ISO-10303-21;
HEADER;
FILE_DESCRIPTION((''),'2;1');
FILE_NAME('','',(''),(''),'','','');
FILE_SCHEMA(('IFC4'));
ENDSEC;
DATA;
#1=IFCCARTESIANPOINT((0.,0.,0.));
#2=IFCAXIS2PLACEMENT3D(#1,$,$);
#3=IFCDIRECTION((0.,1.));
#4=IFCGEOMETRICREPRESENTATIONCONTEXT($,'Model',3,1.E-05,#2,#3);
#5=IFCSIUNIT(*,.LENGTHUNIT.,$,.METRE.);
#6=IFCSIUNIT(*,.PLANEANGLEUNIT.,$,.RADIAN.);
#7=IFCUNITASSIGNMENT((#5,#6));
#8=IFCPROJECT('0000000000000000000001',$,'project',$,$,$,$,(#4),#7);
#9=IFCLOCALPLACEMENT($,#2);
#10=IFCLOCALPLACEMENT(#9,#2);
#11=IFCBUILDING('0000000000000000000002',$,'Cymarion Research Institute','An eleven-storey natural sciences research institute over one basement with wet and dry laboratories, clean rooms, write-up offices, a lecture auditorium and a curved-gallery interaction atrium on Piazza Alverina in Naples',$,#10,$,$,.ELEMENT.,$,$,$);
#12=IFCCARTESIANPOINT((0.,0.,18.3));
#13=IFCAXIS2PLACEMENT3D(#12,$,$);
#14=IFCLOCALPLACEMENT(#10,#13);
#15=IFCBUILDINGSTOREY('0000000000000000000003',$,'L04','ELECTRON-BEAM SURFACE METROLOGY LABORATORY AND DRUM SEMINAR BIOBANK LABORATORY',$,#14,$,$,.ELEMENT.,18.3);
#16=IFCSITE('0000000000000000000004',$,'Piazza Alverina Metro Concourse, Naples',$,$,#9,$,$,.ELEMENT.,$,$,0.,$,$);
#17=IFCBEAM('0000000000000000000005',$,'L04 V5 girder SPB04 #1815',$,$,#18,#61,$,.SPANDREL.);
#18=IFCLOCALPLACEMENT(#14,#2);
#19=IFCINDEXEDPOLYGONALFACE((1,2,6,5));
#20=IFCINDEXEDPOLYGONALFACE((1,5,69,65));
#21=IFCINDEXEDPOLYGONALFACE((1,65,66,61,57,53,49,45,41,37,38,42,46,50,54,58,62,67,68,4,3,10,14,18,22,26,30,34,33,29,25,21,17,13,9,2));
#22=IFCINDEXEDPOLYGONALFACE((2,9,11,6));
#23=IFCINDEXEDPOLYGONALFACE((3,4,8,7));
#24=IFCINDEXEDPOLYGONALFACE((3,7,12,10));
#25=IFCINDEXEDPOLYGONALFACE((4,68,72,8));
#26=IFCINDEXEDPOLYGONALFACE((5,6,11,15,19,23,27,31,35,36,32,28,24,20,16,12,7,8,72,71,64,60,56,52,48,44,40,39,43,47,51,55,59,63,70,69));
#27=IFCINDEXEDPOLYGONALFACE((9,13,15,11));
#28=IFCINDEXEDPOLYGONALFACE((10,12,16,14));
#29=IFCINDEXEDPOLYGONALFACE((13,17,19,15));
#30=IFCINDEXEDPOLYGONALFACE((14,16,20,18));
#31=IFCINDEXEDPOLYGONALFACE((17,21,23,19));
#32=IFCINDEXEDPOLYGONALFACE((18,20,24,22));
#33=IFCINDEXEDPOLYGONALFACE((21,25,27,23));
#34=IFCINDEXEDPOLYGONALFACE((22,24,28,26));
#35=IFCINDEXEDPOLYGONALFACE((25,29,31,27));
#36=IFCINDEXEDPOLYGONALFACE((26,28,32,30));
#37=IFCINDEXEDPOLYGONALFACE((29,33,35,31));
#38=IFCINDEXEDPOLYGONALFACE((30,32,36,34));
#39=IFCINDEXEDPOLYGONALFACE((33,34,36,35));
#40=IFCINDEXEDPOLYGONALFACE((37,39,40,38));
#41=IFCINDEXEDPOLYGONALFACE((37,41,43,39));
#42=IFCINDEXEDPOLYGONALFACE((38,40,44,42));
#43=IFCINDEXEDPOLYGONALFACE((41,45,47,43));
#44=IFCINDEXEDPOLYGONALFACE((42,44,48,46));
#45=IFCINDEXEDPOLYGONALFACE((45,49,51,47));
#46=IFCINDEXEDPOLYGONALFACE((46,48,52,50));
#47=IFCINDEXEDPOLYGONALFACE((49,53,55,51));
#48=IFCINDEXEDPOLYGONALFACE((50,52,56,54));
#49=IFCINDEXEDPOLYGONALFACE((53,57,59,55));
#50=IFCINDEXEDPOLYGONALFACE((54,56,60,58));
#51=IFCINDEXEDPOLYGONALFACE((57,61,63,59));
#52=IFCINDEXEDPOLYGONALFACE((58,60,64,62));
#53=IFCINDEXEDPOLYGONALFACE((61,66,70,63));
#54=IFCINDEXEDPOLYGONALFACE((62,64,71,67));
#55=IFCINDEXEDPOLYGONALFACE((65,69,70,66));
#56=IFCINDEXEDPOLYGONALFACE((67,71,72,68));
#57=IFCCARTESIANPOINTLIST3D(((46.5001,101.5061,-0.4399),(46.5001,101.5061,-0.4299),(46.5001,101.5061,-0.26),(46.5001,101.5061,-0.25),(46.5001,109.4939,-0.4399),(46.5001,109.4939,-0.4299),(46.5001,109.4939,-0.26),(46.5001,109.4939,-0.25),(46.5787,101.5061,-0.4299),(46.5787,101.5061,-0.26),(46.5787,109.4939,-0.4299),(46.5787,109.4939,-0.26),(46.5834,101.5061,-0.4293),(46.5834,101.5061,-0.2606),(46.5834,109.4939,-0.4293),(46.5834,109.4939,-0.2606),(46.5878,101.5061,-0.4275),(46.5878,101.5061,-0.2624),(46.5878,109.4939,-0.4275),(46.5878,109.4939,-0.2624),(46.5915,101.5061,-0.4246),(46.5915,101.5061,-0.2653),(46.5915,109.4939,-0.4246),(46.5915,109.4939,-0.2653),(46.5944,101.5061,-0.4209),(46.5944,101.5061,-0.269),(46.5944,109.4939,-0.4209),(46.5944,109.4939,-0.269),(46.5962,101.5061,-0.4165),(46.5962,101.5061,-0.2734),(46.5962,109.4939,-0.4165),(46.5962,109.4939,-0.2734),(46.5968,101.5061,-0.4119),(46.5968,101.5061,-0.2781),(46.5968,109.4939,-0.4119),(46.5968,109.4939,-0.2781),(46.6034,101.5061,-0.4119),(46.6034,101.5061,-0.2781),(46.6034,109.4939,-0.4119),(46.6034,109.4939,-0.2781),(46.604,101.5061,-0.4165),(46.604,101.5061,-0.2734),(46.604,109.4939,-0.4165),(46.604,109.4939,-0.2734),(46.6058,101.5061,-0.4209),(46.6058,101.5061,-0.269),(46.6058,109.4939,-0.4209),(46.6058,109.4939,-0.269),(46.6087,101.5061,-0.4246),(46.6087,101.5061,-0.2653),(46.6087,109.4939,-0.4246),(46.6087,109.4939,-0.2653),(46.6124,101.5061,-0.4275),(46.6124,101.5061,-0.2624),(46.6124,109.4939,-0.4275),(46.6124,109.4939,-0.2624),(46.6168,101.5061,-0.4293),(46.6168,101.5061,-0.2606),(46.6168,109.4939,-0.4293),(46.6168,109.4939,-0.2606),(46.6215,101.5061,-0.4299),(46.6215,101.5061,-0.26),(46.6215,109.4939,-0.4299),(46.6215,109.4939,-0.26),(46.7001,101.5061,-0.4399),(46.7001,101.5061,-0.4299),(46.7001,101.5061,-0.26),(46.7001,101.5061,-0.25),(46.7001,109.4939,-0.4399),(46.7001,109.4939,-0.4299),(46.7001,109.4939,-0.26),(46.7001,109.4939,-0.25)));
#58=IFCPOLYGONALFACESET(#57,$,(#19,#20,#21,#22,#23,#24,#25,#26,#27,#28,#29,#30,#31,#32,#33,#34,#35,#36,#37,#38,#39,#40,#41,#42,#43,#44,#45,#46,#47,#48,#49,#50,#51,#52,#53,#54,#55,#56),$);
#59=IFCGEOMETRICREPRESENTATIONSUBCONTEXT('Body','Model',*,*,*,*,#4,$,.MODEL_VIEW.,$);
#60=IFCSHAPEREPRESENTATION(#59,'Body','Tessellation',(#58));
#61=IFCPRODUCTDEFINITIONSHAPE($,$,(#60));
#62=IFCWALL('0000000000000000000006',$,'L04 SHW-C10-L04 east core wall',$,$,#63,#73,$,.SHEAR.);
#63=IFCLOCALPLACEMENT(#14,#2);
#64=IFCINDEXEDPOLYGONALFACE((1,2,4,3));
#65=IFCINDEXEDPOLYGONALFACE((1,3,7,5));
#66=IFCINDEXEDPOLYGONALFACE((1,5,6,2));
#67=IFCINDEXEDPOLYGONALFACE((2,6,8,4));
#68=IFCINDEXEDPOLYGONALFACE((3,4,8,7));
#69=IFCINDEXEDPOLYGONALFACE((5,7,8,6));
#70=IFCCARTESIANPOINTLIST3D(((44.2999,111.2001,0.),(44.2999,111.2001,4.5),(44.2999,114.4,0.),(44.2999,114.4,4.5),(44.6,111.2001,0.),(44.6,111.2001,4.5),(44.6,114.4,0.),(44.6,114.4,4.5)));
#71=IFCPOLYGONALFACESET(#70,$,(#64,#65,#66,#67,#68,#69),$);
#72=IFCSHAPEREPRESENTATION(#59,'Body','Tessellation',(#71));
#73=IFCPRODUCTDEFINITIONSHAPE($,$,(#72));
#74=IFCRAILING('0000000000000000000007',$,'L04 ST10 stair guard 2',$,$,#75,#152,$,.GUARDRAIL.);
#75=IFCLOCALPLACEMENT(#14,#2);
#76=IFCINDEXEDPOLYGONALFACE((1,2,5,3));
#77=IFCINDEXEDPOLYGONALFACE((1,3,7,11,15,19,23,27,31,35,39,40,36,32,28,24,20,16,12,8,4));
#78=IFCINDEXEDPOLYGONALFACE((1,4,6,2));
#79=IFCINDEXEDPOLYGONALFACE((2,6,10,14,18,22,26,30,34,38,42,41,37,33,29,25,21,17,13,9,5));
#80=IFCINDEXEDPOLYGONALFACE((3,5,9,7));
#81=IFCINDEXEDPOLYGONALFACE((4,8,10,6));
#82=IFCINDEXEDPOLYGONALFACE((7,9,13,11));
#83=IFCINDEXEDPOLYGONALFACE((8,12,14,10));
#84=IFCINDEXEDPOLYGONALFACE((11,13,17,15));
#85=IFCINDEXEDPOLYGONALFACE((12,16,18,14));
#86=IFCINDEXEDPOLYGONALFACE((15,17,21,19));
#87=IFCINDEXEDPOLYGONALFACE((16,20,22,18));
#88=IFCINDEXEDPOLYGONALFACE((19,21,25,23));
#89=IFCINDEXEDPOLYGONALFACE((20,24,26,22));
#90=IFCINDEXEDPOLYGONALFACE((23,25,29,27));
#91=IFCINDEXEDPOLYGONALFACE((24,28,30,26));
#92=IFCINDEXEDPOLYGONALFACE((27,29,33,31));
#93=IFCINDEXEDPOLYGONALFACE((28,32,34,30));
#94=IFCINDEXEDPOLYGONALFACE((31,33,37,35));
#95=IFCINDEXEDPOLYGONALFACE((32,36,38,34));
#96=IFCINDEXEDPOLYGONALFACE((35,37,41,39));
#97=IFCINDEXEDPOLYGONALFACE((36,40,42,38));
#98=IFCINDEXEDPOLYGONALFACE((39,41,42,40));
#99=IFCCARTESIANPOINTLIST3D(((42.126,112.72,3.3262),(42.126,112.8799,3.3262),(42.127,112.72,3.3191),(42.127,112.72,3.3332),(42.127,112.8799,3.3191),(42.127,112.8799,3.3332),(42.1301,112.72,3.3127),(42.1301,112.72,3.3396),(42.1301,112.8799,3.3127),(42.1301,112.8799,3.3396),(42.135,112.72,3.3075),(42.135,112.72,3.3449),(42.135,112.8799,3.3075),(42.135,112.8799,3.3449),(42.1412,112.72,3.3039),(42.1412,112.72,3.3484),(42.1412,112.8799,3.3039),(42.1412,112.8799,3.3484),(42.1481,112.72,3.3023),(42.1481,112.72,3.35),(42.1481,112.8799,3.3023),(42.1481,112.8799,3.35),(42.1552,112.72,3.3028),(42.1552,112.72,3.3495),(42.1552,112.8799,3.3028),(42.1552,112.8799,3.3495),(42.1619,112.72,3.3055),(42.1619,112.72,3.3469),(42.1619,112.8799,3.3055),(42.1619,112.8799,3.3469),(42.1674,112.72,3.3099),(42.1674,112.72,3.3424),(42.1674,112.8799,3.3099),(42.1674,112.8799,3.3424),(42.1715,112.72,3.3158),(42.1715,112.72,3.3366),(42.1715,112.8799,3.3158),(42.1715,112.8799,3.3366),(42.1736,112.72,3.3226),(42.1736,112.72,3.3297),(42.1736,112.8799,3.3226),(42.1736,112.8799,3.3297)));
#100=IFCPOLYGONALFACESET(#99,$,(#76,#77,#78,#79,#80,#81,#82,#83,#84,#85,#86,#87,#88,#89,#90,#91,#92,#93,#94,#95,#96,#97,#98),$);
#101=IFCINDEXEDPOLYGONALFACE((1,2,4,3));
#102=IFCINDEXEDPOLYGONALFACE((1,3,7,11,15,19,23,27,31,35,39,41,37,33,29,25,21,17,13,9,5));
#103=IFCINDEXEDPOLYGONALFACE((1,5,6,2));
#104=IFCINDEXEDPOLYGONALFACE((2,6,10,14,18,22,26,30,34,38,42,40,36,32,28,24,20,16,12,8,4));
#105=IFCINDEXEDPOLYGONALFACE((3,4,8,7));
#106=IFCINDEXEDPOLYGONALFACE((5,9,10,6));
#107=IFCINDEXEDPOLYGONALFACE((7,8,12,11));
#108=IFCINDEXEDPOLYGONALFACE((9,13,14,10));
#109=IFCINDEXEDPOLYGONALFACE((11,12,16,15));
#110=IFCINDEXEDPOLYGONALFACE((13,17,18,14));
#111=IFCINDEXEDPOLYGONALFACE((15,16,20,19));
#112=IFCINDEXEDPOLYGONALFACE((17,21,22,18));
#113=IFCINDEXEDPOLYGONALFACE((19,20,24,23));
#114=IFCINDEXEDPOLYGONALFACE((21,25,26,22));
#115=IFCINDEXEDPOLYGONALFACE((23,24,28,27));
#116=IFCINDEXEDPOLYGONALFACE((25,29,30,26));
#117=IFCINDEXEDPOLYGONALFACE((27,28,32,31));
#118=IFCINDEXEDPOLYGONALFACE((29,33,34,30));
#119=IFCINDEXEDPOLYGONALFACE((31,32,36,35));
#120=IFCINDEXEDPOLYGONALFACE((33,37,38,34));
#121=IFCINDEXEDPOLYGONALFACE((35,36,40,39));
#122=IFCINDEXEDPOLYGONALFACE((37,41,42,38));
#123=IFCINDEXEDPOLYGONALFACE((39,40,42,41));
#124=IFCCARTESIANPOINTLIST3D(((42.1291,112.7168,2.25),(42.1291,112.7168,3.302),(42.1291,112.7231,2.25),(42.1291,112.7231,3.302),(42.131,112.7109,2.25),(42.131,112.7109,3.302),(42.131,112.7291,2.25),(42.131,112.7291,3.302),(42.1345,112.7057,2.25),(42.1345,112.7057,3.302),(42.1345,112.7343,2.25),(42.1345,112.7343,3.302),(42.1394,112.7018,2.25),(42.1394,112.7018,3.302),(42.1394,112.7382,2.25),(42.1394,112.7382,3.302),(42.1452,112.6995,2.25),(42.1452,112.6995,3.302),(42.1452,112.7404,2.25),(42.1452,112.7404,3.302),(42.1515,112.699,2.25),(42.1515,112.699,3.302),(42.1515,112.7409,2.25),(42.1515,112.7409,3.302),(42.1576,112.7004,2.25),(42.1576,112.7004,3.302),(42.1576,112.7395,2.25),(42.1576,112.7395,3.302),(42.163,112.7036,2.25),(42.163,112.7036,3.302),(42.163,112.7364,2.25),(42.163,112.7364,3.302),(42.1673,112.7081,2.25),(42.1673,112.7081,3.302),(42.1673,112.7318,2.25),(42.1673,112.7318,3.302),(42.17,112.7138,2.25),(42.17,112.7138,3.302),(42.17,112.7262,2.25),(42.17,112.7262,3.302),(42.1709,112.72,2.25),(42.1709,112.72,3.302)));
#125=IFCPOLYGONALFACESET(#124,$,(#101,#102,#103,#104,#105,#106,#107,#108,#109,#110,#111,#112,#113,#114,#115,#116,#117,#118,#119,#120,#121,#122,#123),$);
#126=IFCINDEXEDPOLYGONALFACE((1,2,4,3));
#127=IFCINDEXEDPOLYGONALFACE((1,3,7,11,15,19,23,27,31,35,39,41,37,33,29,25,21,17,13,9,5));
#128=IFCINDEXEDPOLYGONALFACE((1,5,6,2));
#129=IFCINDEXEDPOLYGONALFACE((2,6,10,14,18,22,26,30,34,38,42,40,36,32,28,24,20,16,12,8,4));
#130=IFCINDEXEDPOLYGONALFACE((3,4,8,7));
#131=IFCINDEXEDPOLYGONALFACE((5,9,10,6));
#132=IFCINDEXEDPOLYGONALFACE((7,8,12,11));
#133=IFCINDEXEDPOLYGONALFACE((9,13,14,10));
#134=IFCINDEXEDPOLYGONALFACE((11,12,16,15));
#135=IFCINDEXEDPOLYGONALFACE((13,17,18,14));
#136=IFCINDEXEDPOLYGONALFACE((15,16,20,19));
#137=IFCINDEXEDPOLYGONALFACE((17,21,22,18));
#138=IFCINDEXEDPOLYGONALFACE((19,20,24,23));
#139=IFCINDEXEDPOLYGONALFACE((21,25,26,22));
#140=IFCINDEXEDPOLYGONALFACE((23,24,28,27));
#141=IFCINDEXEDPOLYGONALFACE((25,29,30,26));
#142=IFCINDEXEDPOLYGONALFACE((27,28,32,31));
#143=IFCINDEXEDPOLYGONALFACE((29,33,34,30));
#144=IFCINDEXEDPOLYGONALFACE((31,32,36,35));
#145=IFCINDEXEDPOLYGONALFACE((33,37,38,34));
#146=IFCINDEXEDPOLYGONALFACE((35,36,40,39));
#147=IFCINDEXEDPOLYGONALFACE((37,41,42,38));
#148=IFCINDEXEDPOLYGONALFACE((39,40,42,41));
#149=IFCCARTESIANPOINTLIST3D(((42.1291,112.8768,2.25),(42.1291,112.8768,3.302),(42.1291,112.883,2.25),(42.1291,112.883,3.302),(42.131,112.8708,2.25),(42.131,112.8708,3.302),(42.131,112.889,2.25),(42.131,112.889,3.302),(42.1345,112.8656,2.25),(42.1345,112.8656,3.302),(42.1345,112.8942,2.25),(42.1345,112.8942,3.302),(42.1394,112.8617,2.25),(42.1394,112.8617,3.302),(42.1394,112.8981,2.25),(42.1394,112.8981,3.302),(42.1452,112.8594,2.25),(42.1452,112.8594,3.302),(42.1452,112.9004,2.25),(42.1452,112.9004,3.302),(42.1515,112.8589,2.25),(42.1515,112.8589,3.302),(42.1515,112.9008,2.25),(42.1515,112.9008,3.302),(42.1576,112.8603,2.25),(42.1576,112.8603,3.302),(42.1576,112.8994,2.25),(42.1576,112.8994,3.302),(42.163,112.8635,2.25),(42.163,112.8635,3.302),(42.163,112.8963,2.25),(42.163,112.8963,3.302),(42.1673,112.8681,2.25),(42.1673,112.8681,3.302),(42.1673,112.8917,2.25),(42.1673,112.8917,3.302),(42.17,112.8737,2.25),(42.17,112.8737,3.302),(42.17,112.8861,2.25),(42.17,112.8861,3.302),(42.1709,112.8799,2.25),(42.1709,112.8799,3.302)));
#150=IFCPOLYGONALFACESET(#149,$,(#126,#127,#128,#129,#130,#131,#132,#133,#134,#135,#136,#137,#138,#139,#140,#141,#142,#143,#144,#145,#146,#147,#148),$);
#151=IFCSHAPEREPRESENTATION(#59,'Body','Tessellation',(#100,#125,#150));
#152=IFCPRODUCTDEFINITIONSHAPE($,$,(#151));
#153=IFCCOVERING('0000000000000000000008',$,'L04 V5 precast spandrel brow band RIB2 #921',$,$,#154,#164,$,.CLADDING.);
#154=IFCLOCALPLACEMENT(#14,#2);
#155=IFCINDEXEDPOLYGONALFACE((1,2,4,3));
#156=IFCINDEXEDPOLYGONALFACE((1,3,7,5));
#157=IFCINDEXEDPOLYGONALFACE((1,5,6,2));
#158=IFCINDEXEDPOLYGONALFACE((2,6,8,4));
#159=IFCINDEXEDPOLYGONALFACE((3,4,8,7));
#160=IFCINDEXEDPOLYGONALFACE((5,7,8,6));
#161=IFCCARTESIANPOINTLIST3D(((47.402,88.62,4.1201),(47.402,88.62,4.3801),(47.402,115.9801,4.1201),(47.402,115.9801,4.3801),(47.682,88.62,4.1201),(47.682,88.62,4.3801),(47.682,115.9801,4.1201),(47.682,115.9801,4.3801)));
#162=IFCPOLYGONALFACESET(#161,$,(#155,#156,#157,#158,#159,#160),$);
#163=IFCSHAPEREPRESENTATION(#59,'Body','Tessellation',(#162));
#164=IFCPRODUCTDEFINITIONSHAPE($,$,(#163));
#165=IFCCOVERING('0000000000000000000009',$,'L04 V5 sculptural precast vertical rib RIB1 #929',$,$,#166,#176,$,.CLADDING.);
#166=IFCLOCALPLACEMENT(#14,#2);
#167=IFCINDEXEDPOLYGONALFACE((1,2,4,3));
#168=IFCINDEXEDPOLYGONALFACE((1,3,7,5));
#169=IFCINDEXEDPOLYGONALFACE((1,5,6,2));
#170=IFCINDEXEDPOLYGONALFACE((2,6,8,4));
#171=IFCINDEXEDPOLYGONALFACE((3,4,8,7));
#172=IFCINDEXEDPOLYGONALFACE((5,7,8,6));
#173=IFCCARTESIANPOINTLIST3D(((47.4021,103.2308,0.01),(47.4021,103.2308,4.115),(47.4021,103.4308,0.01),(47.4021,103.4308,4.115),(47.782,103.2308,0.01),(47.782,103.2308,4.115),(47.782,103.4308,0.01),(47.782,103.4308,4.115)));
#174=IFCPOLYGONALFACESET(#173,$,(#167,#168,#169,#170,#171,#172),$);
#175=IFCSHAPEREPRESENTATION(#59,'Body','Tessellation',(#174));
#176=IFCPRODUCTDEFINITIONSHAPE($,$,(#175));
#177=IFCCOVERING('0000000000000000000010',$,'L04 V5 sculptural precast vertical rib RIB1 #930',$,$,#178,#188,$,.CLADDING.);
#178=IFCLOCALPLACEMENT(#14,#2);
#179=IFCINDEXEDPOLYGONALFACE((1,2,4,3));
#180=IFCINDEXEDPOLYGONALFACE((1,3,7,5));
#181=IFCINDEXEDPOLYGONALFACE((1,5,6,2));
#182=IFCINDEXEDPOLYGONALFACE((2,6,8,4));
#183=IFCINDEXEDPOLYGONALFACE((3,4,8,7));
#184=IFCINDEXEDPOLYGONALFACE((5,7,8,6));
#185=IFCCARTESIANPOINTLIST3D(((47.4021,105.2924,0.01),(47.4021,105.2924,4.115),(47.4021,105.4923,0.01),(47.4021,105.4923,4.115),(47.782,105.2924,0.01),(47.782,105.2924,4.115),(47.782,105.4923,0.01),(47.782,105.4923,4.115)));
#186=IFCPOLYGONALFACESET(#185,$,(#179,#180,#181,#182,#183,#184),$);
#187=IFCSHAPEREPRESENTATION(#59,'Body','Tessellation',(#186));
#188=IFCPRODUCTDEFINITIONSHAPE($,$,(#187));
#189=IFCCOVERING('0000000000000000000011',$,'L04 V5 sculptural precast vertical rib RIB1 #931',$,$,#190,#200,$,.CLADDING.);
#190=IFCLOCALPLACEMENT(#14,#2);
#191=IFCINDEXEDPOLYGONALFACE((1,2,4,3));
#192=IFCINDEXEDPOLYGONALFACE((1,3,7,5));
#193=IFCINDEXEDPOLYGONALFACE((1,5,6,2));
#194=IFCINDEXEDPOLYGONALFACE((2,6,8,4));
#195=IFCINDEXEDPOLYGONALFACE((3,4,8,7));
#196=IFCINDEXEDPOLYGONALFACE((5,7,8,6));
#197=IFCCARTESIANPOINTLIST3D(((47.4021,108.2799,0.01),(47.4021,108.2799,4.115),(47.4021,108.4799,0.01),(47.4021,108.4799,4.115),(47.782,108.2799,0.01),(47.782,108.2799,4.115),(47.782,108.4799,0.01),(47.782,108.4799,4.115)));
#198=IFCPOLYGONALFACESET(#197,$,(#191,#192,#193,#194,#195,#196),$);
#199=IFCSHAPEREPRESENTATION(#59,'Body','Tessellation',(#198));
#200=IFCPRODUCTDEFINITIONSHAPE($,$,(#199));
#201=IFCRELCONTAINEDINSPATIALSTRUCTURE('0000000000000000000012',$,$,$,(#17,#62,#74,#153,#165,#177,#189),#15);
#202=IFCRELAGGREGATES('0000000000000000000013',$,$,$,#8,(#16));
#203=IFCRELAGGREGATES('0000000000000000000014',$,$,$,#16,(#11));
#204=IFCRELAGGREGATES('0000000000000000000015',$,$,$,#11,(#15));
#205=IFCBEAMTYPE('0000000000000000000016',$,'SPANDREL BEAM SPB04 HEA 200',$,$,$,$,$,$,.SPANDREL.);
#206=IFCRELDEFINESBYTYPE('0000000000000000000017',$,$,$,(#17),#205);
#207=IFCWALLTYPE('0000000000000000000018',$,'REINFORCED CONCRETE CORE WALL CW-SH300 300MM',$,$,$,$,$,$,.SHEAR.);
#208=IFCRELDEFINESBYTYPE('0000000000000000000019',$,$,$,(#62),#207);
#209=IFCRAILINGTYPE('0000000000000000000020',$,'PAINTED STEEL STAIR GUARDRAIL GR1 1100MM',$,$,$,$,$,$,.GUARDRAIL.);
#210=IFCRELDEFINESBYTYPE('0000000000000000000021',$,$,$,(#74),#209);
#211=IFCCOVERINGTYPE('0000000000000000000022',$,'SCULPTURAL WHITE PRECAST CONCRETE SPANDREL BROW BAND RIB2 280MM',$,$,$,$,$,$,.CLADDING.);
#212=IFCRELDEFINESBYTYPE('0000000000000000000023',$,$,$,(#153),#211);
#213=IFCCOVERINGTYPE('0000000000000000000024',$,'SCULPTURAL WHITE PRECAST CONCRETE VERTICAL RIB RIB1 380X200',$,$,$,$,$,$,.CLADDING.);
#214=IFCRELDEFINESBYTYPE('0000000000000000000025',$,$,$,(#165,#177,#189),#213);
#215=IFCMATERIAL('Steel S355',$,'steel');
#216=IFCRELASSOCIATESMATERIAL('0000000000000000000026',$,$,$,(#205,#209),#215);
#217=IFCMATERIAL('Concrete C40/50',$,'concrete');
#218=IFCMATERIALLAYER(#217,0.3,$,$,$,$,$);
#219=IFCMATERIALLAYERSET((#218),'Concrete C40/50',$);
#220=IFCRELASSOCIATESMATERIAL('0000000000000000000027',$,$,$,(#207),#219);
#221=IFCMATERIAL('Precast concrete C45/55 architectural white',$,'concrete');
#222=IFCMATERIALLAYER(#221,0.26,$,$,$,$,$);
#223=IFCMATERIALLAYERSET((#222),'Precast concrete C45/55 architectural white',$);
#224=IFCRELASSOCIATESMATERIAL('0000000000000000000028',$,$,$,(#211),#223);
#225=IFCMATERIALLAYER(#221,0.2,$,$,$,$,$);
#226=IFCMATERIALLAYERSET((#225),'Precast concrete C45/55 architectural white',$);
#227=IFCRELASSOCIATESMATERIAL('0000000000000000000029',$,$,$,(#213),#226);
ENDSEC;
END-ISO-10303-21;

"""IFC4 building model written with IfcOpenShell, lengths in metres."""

from ifc_helpers import new_model, si_unit, direction, frame, frame_2d, origin, origin_2d, place, context, subcontext, project, spatial, rectangle, circle, i_section, extrude, material, layer, layer_set, material_profile, profile_set, type_object, element, save


model = new_model("IFC4")

# Units and contexts
model_context = context("Model", 3, precision=1e-05, world=origin(), true_north=direction((0.0, 1.0)))
body_context = subcontext(model_context, "Body", "Model", "MODEL_VIEW")
ifc_project = project(units=[si_unit("LENGTHUNIT", "METRE"), si_unit("PLANEANGLEUNIT", "RADIAN")], contexts=[model_context])

# Site, building, storey
site_placement = place(None, origin())
site = spatial("IfcSite", under=ifc_project, at=site_placement, Name="Piazza Alverina Metro Concourse, Naples", CompositionType="ELEMENT", RefElevation=0.0)
building_placement = place(site_placement, origin())
building = spatial("IfcBuilding", under=site, at=building_placement, Name="Cymarion Research Institute", Description="An eleven-storey natural sciences research institute over one basement with wet and dry laboratories, clean rooms, write-up offices, a lecture auditorium and a curved-gallery interaction atrium on Piazza Alverina in Naples", CompositionType="ELEMENT")
storey_placement = place(building_placement, frame((0.0, 0.0, 18.3)))
storey = spatial("IfcBuildingStorey", under=building, at=storey_placement, Name="L04", Description="ELECTRON-BEAM SURFACE METROLOGY LABORATORY AND DRUM SEMINAR BIOBANK LABORATORY", CompositionType="ELEMENT", Elevation=18.3)

# Shared definitions
ifc_material_1 = material(Name="Steel S355", Category="steel")

# Beam
ifc_material_profile_1 = material_profile(ifc_material_1, i_section(OverallWidth=0.2, OverallDepth=0.1899, WebThickness=0.0066, FlangeThickness=0.01, FilletRadius=0.0181, at=origin_2d()), Name="HEA 200")
ifc_profile_set_1 = profile_set([ifc_material_profile_1], Name="Steel S355")
beam_type_1 = type_object("IfcBeamType", Name="SPANDREL BEAM SPB04 HEA 200", PredefinedType="SPANDREL", material=ifc_profile_set_1)
beam_1_placement = place(storey_placement, frame((46.6001, 101.5061, -0.345), z_axis=(0.0, 1.0, 0.0), x_axis=(-1.0, 0.0, 0.0)))
element("IfcBeam", 1, at=beam_1_placement, inside=storey, type_object=beam_type_1, Name="L04 V5 girder SPB04 #1815", PredefinedType="SPANDREL", context=body_context, shape_type="SweptSolid", body=[
    extrude(i_section(OverallWidth=0.2, OverallDepth=0.1899, WebThickness=0.0066, FlangeThickness=0.01, FilletRadius=0.0181, at=origin_2d()), origin(), (0.0, 0.0, 1.0), 7.9878),
])

# Wall
ifc_material_2 = material(Name="Concrete C40/50", Category="concrete")
ifc_layer_1 = layer(ifc_material_2, 0.3)
ifc_layer_set_1 = layer_set([ifc_layer_1], Name="Concrete C40/50")
wall_type = type_object("IfcWallType", Name="REINFORCED CONCRETE CORE WALL CW-SH300 300MM", PredefinedType="SHEAR", material=ifc_layer_set_1)
wall_placement = place(storey_placement, frame((44.45, 111.2, 0.0), z_axis=(0.0, 0.0, 1.0), x_axis=(0.0, 1.0, 0.0)))
element("IfcWall", 2, at=wall_placement, inside=storey, type_object=wall_type, Name="L04 SHW-C10-L04 east core wall", PredefinedType="SHEAR", context=body_context, shape_type="SweptSolid", body=[
    extrude(rectangle(XDim=3.2, YDim=0.3, at=frame_2d((1.6001, 0.0))), origin(), (0.0, 0.0, 1.0), 4.5),
])

# Railing
railing_type = type_object("IfcRailingType", Name="PAINTED STEEL STAIR GUARDRAIL GR1 1100MM", PredefinedType="GUARDRAIL", material=ifc_material_1)
railing_placement = place(storey_placement, frame((42.1499, 112.72, 2.25)))
element("IfcRailing", 3, at=railing_placement, inside=storey, type_object=railing_type, Name="L04 ST10 stair guard 2", PredefinedType="GUARDRAIL", context=body_context, shape_type="SweptSolid", body=[
    extrude(circle(Radius=0.0239, at=origin_2d()), frame((0.0, 0.0, 1.0762), z_axis=(0.0, 1.0, 0.0), x_axis=(-1.0, 0.0, 0.0)), (0.0, 0.0, 1.0), 0.1599),
    extrude(circle(Radius=0.021, at=origin_2d()), origin(), (0.0, 0.0, 1.0), 1.052),
    extrude(circle(Radius=0.021, at=origin_2d()), frame((0.0, 0.1599, 0.0)), (0.0, 0.0, 1.0), 1.052),
])

# Coverings
ifc_material_3 = material(Name="Precast concrete C45/55 architectural white", Category="concrete")
ifc_layer_2 = layer(ifc_material_3, 0.26)
ifc_layer_set_2 = layer_set([ifc_layer_2], Name="Precast concrete C45/55 architectural white")
covering_type_1 = type_object("IfcCoveringType", Name="SCULPTURAL WHITE PRECAST CONCRETE SPANDREL BROW BAND RIB2 280MM", PredefinedType="CLADDING", material=ifc_layer_set_2)
covering_placement = place(storey_placement, frame((47.542, 102.3, 4.1201), z_axis=(0.0, 0.0, 1.0), x_axis=(1.0, 0.0, 0.0)))
element("IfcCovering", 4, at=covering_placement, inside=storey, type_object=covering_type_1, Name="L04 V5 precast spandrel brow band RIB2 #921", PredefinedType="CLADDING", context=body_context, shape_type="SweptSolid", body=[
    extrude(rectangle(XDim=0.28, YDim=27.3601, at=origin_2d()), origin(), (0.0, 0.0, 1.0), 0.26),
])
ifc_layer_3 = layer(ifc_material_3, 0.2)
ifc_layer_set_3 = layer_set([ifc_layer_3], Name="Precast concrete C45/55 architectural white")
covering_type_2 = type_object("IfcCoveringType", Name="SCULPTURAL WHITE PRECAST CONCRETE VERTICAL RIB RIB1 380X200", PredefinedType="CLADDING", material=ifc_layer_set_3)
for number, where, z_axis, x_axis, name in (
    (5, (47.592, 103.3308, 0.01), (0.0, 0.0, 1.0), (1.0, 0.0, 0.0), "L04 V5 sculptural precast vertical rib RIB1 #929"),
    (6, (47.592, 105.3923, 0.01), (0.0, 0.0, 1.0), (1.0, 0.0, 0.0), "L04 V5 sculptural precast vertical rib RIB1 #930"),
    (7, (47.592, 108.3799, 0.01), (0.0, 0.0, 1.0), (1.0, 0.0, 0.0), "L04 V5 sculptural precast vertical rib RIB1 #931"),
):
    element("IfcCovering", number, at=place(storey_placement, frame(where, z_axis=z_axis, x_axis=x_axis)), inside=storey, type_object=covering_type_2, Name=name, PredefinedType="CLADDING", context=body_context, shape_type="SweptSolid", body=[
        extrude(rectangle(XDim=0.3799, YDim=0.2, at=origin_2d()), origin(), (0.0, 0.0, 1.0), 4.105),
    ])

save(model, "model.ifc")
